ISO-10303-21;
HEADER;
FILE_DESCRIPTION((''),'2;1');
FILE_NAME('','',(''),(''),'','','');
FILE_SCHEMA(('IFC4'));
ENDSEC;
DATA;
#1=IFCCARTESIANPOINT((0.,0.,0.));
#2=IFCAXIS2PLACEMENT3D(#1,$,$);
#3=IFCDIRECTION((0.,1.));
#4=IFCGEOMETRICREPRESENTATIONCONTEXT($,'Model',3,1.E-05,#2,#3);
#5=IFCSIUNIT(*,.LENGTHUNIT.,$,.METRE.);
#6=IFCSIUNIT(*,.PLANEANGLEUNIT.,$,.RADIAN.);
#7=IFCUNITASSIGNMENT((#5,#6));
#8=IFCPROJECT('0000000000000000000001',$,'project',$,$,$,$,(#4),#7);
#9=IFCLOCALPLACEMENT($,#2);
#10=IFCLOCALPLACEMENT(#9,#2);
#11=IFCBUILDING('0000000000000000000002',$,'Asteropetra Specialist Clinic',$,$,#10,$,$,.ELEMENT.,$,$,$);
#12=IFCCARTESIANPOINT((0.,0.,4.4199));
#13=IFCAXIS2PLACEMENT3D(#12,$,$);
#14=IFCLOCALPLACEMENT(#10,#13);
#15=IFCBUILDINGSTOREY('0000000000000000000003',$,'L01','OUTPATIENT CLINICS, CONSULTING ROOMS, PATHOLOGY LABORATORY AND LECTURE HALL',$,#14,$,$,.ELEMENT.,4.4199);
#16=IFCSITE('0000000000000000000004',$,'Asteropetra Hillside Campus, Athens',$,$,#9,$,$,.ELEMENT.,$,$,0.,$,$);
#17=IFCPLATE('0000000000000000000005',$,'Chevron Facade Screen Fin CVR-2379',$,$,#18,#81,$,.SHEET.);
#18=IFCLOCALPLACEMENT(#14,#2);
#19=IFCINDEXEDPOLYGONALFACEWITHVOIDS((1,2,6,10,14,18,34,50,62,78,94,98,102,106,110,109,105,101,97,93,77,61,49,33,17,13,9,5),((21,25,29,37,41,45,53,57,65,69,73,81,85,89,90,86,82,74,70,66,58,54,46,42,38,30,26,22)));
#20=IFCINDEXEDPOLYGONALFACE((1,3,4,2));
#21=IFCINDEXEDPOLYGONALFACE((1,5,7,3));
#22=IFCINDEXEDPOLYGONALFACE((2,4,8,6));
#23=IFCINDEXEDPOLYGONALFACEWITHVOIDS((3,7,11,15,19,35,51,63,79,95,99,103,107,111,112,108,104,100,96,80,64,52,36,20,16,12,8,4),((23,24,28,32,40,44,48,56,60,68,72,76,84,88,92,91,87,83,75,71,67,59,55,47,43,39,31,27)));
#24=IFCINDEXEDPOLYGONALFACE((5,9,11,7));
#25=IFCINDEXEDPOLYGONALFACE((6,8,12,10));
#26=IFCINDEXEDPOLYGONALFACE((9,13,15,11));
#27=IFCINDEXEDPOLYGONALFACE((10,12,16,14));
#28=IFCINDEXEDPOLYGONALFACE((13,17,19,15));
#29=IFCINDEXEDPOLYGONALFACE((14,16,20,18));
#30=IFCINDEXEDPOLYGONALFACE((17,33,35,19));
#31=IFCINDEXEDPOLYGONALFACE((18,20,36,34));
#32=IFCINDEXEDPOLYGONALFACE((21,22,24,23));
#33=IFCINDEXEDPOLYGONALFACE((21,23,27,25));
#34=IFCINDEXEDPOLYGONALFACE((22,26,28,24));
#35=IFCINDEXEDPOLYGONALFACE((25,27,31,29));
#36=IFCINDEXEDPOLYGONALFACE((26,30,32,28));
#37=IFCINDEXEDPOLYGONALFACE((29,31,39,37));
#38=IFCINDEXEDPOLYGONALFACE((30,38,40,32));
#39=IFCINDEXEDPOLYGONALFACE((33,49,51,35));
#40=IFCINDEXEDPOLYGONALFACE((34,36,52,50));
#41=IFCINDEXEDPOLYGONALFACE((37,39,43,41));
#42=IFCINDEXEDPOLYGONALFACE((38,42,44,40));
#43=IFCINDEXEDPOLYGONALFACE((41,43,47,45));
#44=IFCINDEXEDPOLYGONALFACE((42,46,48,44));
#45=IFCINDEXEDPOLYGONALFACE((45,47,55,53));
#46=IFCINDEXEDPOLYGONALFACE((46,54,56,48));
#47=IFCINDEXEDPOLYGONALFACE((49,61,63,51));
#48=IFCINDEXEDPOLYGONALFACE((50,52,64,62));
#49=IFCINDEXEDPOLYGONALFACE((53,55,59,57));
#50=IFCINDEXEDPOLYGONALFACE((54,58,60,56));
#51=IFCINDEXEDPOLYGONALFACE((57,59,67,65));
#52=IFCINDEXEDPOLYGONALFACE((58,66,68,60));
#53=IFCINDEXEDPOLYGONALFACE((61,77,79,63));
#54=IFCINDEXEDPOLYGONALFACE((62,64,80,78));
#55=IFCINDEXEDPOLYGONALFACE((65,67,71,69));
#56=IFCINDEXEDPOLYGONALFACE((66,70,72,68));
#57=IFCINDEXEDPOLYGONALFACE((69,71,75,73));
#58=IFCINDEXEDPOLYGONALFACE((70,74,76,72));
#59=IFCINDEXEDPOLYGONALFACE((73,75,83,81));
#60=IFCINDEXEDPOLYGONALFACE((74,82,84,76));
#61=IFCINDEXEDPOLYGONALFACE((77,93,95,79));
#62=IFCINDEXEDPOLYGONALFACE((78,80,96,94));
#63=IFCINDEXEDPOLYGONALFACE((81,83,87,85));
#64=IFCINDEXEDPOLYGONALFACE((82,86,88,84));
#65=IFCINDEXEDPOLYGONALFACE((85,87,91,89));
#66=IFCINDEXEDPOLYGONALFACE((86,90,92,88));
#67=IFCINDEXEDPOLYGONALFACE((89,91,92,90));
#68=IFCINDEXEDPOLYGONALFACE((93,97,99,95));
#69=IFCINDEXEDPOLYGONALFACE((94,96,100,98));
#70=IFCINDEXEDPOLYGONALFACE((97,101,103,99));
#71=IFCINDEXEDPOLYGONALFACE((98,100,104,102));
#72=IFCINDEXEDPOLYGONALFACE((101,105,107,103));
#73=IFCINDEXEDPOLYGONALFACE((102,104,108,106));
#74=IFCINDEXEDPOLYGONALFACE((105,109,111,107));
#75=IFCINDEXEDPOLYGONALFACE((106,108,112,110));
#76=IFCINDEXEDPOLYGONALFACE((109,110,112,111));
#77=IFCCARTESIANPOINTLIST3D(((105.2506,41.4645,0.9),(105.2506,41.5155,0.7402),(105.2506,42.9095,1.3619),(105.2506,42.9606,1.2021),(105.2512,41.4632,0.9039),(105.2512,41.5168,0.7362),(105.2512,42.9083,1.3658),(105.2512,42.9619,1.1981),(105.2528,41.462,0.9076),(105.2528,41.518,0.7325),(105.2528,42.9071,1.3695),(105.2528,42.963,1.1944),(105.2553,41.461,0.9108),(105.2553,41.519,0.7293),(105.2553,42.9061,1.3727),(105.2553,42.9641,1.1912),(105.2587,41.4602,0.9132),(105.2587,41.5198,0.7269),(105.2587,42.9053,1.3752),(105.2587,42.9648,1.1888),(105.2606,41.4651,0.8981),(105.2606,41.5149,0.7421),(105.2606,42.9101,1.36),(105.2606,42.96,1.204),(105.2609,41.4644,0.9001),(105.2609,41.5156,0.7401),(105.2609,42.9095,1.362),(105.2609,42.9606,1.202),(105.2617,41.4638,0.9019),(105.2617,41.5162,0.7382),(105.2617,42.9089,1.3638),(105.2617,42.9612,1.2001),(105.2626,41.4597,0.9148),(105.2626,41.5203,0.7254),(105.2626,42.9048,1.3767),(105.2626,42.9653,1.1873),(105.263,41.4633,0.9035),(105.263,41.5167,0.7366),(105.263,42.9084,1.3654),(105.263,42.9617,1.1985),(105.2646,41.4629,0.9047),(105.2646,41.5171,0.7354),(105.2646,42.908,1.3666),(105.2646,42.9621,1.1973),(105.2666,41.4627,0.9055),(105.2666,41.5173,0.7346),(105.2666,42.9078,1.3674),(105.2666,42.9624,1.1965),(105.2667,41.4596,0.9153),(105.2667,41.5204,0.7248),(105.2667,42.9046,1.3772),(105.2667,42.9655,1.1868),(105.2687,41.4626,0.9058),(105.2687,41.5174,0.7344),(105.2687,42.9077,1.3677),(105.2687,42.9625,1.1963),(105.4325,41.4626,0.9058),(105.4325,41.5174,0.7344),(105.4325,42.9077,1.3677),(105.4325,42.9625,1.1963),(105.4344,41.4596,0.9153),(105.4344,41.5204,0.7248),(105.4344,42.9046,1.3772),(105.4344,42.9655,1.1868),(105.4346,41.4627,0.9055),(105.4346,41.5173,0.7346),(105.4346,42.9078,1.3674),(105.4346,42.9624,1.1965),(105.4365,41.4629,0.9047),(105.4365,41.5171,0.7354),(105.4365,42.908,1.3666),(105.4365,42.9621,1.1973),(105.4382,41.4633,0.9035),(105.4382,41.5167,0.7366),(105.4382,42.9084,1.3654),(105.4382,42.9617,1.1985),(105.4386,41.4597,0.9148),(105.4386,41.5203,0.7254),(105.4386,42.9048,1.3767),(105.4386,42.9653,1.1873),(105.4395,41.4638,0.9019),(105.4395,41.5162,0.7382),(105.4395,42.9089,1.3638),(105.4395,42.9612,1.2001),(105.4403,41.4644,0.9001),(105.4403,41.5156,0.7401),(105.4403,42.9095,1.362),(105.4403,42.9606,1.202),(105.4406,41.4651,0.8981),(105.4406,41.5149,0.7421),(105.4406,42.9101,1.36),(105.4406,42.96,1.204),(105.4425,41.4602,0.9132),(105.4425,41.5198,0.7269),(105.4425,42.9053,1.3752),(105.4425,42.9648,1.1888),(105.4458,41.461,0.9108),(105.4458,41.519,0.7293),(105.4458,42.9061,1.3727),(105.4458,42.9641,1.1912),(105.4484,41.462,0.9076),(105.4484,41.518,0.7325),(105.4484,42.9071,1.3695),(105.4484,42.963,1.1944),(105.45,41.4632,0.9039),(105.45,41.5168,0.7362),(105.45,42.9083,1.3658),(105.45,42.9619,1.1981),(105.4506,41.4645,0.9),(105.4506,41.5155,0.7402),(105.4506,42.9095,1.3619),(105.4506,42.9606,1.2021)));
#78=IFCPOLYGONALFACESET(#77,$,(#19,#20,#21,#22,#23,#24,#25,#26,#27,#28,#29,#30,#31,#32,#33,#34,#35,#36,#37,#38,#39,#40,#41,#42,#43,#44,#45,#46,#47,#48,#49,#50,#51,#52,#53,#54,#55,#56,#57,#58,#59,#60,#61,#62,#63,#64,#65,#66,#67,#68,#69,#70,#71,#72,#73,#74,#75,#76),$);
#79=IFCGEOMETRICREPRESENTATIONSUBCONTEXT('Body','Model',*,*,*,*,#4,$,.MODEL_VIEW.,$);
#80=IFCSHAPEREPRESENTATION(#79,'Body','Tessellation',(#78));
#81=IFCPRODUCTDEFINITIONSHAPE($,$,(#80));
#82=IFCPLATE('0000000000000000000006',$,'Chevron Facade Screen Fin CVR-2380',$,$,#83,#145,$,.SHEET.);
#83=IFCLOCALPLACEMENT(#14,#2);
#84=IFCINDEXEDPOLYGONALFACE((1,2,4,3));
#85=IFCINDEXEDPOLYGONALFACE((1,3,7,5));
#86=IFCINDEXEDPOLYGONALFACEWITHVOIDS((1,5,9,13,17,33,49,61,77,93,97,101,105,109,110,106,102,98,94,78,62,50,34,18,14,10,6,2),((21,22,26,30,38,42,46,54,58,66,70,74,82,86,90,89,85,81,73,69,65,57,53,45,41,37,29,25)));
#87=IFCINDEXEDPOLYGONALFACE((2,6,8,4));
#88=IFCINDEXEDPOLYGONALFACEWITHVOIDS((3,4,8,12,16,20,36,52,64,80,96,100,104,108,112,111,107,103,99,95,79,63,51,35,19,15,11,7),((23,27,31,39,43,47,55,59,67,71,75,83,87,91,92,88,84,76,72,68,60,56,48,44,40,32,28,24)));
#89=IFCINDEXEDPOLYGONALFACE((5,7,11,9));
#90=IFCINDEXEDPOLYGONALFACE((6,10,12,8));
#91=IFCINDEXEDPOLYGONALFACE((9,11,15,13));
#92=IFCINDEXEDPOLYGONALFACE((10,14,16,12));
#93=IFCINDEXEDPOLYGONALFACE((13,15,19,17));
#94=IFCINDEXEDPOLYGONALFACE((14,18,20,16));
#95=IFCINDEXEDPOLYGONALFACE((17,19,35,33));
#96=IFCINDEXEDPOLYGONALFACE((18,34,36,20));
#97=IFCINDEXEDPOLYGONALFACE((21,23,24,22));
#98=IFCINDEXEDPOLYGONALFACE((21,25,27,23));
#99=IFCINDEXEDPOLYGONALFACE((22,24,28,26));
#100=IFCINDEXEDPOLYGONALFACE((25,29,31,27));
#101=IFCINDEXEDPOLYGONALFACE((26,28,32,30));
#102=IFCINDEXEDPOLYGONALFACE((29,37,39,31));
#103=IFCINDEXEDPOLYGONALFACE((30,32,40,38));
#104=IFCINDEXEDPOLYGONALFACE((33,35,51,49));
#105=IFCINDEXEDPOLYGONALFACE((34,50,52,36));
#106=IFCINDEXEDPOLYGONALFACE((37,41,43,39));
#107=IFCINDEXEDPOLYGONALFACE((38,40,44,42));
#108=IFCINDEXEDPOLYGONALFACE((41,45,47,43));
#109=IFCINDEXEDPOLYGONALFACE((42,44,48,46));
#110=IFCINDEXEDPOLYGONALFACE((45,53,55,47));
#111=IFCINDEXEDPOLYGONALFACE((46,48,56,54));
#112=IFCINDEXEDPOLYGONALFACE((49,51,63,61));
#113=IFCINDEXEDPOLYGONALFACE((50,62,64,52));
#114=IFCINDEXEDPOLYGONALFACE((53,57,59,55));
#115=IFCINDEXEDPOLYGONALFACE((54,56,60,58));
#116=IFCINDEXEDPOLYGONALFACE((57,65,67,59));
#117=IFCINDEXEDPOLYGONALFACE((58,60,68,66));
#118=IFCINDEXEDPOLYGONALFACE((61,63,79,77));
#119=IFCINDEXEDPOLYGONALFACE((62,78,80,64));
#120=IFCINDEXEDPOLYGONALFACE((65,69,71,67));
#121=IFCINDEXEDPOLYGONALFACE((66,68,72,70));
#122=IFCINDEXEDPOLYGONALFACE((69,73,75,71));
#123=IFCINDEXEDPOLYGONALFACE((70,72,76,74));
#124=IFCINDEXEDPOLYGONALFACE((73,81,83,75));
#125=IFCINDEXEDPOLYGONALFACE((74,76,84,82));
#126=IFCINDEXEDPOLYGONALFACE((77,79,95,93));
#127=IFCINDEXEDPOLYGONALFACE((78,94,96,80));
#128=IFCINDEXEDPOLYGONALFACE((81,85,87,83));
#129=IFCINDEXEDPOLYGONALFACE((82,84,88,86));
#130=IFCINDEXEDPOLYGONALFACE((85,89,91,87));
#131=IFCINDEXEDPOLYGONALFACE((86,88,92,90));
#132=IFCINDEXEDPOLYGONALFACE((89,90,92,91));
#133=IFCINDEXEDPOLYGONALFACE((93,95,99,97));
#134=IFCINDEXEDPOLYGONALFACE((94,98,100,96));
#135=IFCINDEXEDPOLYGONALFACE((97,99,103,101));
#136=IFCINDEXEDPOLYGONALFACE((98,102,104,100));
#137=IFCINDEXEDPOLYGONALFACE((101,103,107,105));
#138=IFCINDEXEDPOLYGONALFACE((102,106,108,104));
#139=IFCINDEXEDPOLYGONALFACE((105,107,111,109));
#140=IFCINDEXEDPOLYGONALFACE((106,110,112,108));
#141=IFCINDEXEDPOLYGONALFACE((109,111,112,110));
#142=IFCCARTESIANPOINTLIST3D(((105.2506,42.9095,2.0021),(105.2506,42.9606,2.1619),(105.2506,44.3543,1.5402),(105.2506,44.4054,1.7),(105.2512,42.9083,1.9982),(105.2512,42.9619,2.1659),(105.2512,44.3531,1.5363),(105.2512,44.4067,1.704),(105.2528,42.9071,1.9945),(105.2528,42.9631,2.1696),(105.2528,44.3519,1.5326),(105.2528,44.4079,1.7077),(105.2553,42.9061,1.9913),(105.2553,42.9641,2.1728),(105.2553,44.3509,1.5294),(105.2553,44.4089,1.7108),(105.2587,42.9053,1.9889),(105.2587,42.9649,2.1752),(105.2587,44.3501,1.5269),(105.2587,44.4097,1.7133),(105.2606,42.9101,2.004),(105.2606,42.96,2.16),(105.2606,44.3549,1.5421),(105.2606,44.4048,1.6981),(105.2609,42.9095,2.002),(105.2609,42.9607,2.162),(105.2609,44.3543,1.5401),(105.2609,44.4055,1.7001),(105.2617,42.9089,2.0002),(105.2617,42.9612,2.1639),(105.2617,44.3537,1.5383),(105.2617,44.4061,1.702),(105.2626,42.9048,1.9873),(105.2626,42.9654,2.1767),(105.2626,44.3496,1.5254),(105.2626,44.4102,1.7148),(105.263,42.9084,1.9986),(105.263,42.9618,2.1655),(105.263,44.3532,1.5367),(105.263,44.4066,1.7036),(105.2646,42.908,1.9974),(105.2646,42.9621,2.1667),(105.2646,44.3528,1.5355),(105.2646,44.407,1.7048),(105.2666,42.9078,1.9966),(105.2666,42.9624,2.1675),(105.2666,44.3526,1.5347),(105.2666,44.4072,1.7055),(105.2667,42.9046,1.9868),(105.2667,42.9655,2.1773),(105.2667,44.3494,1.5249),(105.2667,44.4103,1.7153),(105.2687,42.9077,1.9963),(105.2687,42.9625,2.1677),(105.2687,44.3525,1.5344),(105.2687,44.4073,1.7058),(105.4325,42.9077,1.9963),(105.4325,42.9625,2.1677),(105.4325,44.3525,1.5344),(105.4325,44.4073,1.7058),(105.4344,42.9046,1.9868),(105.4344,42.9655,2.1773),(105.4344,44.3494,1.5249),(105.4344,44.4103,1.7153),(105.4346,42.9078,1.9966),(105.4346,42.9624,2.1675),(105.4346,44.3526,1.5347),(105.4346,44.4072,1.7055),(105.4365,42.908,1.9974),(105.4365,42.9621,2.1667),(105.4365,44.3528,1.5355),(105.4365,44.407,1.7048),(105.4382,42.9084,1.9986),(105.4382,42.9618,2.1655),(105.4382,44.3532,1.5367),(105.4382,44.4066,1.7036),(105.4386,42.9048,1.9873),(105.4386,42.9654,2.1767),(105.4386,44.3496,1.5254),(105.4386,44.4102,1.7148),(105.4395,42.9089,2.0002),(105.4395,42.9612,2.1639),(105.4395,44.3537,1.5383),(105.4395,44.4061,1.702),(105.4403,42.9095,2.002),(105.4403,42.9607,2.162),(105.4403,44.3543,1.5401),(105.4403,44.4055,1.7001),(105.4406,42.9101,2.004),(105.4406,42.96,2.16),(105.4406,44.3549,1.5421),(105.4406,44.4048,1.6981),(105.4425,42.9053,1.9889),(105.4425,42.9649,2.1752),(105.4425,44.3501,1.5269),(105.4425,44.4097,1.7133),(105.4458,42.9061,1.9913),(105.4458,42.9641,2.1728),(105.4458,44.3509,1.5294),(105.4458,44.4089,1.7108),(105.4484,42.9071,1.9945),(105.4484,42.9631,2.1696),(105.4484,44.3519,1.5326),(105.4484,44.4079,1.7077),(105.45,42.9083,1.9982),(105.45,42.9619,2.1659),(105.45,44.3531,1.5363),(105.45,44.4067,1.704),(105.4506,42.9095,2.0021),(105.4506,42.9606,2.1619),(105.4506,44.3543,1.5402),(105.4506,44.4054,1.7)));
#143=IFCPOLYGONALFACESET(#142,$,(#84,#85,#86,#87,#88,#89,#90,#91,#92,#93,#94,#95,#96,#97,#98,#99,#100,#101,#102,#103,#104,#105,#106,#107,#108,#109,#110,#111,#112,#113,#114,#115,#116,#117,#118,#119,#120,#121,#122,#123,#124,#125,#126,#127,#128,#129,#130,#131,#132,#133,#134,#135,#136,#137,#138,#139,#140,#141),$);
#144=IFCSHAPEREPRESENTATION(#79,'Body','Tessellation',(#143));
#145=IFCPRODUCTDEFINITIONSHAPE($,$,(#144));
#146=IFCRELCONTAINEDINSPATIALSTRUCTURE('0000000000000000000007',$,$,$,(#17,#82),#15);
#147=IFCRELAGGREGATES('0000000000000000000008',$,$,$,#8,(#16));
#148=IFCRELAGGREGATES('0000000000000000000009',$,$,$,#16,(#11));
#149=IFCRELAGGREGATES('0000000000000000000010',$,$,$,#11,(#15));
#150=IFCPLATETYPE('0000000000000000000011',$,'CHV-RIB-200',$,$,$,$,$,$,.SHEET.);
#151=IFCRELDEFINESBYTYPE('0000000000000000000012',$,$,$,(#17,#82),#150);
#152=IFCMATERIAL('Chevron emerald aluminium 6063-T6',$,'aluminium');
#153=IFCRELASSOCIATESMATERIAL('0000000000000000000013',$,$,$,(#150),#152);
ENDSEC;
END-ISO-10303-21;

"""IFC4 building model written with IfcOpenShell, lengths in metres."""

from ifc_helpers import new_model, si_unit, direction, frame, origin, origin_2d, place, context, subcontext, project, spatial, hollow_rectangle, extrude, material, material_profile, profile_set, type_object, element, save


model = new_model("IFC4")

# Units and contexts
model_context = context("Model", 3, precision=1e-05, world=origin(), true_north=direction((0.0, 1.0)))
body_context = subcontext(model_context, "Body", "Model", "MODEL_VIEW")
ifc_project = project(units=[si_unit("LENGTHUNIT", "METRE"), si_unit("PLANEANGLEUNIT", "RADIAN")], contexts=[model_context])

# Site, building, storey
site_placement = place(None, origin())
site = spatial("IfcSite", under=ifc_project, at=site_placement, Name="Asteropetra Hillside Campus, Athens", CompositionType="ELEMENT", RefElevation=0.0)
building_placement = place(site_placement, origin())
building = spatial("IfcBuilding", under=site, at=building_placement, Name="Asteropetra Specialist Clinic", CompositionType="ELEMENT")
storey_placement = place(building_placement, frame((0.0, 0.0, 4.4199)))
storey = spatial("IfcBuildingStorey", under=building, at=storey_placement, Name="L01", Description="OUTPATIENT CLINICS, CONSULTING ROOMS, PATHOLOGY LABORATORY AND LECTURE HALL", CompositionType="ELEMENT", Elevation=4.4199)

# Plates
ifc_material_1 = material(Name="Chevron emerald aluminium 6063-T6", Category="aluminium")
ifc_material_profile = material_profile(ifc_material_1, hollow_rectangle(XDim=0.2, YDim=0.2, WallThickness=0.01, InnerFilletRadius=0.0081, OuterFilletRadius=0.0161, at=origin_2d()), Name="SHS 200x200x10.0")
ifc_profile_set = profile_set([ifc_material_profile], Name="Chevron emerald aluminium 6063-T6")
plate_type = type_object("IfcPlateType", Name="CHV-RIB-200", PredefinedType="SHEET", material=ifc_profile_set)
plate_1_placement = place(storey_placement, frame((105.3506, 42.9351, 1.282), z_axis=(0.0, -0.952521, -0.304472), x_axis=(1.0, 0.0, 0.0)))
element("IfcPlate", 1, at=plate_1_placement, inside=storey, type_object=plate_type, Name="Chevron Facade Screen Fin CVR-2379", PredefinedType="SHEET", context=body_context, shape_type="SweptSolid", body=[
    extrude(hollow_rectangle(XDim=0.2, YDim=0.2, WallThickness=0.01, InnerFilletRadius=0.0081, OuterFilletRadius=0.0161, at=origin_2d()), origin(), (0.0, 0.0, 1.0), 1.5171),
])
plate_2_placement = place(storey_placement, frame((105.3506, 44.3799, 1.6201), z_axis=(0.0, -0.952506, 0.304519), x_axis=(1.0, 0.0, 0.0)))
element("IfcPlate", 2, at=plate_2_placement, inside=storey, type_object=plate_type, Name="Chevron Facade Screen Fin CVR-2380", PredefinedType="SHEET", context=body_context, shape_type="SweptSolid", body=[
    extrude(hollow_rectangle(XDim=0.2, YDim=0.2, WallThickness=0.01, InnerFilletRadius=0.0081, OuterFilletRadius=0.0161, at=origin_2d()), origin(), (0.0, 0.0, 1.0), 1.5168),
])

save(model, "model.ifc")
